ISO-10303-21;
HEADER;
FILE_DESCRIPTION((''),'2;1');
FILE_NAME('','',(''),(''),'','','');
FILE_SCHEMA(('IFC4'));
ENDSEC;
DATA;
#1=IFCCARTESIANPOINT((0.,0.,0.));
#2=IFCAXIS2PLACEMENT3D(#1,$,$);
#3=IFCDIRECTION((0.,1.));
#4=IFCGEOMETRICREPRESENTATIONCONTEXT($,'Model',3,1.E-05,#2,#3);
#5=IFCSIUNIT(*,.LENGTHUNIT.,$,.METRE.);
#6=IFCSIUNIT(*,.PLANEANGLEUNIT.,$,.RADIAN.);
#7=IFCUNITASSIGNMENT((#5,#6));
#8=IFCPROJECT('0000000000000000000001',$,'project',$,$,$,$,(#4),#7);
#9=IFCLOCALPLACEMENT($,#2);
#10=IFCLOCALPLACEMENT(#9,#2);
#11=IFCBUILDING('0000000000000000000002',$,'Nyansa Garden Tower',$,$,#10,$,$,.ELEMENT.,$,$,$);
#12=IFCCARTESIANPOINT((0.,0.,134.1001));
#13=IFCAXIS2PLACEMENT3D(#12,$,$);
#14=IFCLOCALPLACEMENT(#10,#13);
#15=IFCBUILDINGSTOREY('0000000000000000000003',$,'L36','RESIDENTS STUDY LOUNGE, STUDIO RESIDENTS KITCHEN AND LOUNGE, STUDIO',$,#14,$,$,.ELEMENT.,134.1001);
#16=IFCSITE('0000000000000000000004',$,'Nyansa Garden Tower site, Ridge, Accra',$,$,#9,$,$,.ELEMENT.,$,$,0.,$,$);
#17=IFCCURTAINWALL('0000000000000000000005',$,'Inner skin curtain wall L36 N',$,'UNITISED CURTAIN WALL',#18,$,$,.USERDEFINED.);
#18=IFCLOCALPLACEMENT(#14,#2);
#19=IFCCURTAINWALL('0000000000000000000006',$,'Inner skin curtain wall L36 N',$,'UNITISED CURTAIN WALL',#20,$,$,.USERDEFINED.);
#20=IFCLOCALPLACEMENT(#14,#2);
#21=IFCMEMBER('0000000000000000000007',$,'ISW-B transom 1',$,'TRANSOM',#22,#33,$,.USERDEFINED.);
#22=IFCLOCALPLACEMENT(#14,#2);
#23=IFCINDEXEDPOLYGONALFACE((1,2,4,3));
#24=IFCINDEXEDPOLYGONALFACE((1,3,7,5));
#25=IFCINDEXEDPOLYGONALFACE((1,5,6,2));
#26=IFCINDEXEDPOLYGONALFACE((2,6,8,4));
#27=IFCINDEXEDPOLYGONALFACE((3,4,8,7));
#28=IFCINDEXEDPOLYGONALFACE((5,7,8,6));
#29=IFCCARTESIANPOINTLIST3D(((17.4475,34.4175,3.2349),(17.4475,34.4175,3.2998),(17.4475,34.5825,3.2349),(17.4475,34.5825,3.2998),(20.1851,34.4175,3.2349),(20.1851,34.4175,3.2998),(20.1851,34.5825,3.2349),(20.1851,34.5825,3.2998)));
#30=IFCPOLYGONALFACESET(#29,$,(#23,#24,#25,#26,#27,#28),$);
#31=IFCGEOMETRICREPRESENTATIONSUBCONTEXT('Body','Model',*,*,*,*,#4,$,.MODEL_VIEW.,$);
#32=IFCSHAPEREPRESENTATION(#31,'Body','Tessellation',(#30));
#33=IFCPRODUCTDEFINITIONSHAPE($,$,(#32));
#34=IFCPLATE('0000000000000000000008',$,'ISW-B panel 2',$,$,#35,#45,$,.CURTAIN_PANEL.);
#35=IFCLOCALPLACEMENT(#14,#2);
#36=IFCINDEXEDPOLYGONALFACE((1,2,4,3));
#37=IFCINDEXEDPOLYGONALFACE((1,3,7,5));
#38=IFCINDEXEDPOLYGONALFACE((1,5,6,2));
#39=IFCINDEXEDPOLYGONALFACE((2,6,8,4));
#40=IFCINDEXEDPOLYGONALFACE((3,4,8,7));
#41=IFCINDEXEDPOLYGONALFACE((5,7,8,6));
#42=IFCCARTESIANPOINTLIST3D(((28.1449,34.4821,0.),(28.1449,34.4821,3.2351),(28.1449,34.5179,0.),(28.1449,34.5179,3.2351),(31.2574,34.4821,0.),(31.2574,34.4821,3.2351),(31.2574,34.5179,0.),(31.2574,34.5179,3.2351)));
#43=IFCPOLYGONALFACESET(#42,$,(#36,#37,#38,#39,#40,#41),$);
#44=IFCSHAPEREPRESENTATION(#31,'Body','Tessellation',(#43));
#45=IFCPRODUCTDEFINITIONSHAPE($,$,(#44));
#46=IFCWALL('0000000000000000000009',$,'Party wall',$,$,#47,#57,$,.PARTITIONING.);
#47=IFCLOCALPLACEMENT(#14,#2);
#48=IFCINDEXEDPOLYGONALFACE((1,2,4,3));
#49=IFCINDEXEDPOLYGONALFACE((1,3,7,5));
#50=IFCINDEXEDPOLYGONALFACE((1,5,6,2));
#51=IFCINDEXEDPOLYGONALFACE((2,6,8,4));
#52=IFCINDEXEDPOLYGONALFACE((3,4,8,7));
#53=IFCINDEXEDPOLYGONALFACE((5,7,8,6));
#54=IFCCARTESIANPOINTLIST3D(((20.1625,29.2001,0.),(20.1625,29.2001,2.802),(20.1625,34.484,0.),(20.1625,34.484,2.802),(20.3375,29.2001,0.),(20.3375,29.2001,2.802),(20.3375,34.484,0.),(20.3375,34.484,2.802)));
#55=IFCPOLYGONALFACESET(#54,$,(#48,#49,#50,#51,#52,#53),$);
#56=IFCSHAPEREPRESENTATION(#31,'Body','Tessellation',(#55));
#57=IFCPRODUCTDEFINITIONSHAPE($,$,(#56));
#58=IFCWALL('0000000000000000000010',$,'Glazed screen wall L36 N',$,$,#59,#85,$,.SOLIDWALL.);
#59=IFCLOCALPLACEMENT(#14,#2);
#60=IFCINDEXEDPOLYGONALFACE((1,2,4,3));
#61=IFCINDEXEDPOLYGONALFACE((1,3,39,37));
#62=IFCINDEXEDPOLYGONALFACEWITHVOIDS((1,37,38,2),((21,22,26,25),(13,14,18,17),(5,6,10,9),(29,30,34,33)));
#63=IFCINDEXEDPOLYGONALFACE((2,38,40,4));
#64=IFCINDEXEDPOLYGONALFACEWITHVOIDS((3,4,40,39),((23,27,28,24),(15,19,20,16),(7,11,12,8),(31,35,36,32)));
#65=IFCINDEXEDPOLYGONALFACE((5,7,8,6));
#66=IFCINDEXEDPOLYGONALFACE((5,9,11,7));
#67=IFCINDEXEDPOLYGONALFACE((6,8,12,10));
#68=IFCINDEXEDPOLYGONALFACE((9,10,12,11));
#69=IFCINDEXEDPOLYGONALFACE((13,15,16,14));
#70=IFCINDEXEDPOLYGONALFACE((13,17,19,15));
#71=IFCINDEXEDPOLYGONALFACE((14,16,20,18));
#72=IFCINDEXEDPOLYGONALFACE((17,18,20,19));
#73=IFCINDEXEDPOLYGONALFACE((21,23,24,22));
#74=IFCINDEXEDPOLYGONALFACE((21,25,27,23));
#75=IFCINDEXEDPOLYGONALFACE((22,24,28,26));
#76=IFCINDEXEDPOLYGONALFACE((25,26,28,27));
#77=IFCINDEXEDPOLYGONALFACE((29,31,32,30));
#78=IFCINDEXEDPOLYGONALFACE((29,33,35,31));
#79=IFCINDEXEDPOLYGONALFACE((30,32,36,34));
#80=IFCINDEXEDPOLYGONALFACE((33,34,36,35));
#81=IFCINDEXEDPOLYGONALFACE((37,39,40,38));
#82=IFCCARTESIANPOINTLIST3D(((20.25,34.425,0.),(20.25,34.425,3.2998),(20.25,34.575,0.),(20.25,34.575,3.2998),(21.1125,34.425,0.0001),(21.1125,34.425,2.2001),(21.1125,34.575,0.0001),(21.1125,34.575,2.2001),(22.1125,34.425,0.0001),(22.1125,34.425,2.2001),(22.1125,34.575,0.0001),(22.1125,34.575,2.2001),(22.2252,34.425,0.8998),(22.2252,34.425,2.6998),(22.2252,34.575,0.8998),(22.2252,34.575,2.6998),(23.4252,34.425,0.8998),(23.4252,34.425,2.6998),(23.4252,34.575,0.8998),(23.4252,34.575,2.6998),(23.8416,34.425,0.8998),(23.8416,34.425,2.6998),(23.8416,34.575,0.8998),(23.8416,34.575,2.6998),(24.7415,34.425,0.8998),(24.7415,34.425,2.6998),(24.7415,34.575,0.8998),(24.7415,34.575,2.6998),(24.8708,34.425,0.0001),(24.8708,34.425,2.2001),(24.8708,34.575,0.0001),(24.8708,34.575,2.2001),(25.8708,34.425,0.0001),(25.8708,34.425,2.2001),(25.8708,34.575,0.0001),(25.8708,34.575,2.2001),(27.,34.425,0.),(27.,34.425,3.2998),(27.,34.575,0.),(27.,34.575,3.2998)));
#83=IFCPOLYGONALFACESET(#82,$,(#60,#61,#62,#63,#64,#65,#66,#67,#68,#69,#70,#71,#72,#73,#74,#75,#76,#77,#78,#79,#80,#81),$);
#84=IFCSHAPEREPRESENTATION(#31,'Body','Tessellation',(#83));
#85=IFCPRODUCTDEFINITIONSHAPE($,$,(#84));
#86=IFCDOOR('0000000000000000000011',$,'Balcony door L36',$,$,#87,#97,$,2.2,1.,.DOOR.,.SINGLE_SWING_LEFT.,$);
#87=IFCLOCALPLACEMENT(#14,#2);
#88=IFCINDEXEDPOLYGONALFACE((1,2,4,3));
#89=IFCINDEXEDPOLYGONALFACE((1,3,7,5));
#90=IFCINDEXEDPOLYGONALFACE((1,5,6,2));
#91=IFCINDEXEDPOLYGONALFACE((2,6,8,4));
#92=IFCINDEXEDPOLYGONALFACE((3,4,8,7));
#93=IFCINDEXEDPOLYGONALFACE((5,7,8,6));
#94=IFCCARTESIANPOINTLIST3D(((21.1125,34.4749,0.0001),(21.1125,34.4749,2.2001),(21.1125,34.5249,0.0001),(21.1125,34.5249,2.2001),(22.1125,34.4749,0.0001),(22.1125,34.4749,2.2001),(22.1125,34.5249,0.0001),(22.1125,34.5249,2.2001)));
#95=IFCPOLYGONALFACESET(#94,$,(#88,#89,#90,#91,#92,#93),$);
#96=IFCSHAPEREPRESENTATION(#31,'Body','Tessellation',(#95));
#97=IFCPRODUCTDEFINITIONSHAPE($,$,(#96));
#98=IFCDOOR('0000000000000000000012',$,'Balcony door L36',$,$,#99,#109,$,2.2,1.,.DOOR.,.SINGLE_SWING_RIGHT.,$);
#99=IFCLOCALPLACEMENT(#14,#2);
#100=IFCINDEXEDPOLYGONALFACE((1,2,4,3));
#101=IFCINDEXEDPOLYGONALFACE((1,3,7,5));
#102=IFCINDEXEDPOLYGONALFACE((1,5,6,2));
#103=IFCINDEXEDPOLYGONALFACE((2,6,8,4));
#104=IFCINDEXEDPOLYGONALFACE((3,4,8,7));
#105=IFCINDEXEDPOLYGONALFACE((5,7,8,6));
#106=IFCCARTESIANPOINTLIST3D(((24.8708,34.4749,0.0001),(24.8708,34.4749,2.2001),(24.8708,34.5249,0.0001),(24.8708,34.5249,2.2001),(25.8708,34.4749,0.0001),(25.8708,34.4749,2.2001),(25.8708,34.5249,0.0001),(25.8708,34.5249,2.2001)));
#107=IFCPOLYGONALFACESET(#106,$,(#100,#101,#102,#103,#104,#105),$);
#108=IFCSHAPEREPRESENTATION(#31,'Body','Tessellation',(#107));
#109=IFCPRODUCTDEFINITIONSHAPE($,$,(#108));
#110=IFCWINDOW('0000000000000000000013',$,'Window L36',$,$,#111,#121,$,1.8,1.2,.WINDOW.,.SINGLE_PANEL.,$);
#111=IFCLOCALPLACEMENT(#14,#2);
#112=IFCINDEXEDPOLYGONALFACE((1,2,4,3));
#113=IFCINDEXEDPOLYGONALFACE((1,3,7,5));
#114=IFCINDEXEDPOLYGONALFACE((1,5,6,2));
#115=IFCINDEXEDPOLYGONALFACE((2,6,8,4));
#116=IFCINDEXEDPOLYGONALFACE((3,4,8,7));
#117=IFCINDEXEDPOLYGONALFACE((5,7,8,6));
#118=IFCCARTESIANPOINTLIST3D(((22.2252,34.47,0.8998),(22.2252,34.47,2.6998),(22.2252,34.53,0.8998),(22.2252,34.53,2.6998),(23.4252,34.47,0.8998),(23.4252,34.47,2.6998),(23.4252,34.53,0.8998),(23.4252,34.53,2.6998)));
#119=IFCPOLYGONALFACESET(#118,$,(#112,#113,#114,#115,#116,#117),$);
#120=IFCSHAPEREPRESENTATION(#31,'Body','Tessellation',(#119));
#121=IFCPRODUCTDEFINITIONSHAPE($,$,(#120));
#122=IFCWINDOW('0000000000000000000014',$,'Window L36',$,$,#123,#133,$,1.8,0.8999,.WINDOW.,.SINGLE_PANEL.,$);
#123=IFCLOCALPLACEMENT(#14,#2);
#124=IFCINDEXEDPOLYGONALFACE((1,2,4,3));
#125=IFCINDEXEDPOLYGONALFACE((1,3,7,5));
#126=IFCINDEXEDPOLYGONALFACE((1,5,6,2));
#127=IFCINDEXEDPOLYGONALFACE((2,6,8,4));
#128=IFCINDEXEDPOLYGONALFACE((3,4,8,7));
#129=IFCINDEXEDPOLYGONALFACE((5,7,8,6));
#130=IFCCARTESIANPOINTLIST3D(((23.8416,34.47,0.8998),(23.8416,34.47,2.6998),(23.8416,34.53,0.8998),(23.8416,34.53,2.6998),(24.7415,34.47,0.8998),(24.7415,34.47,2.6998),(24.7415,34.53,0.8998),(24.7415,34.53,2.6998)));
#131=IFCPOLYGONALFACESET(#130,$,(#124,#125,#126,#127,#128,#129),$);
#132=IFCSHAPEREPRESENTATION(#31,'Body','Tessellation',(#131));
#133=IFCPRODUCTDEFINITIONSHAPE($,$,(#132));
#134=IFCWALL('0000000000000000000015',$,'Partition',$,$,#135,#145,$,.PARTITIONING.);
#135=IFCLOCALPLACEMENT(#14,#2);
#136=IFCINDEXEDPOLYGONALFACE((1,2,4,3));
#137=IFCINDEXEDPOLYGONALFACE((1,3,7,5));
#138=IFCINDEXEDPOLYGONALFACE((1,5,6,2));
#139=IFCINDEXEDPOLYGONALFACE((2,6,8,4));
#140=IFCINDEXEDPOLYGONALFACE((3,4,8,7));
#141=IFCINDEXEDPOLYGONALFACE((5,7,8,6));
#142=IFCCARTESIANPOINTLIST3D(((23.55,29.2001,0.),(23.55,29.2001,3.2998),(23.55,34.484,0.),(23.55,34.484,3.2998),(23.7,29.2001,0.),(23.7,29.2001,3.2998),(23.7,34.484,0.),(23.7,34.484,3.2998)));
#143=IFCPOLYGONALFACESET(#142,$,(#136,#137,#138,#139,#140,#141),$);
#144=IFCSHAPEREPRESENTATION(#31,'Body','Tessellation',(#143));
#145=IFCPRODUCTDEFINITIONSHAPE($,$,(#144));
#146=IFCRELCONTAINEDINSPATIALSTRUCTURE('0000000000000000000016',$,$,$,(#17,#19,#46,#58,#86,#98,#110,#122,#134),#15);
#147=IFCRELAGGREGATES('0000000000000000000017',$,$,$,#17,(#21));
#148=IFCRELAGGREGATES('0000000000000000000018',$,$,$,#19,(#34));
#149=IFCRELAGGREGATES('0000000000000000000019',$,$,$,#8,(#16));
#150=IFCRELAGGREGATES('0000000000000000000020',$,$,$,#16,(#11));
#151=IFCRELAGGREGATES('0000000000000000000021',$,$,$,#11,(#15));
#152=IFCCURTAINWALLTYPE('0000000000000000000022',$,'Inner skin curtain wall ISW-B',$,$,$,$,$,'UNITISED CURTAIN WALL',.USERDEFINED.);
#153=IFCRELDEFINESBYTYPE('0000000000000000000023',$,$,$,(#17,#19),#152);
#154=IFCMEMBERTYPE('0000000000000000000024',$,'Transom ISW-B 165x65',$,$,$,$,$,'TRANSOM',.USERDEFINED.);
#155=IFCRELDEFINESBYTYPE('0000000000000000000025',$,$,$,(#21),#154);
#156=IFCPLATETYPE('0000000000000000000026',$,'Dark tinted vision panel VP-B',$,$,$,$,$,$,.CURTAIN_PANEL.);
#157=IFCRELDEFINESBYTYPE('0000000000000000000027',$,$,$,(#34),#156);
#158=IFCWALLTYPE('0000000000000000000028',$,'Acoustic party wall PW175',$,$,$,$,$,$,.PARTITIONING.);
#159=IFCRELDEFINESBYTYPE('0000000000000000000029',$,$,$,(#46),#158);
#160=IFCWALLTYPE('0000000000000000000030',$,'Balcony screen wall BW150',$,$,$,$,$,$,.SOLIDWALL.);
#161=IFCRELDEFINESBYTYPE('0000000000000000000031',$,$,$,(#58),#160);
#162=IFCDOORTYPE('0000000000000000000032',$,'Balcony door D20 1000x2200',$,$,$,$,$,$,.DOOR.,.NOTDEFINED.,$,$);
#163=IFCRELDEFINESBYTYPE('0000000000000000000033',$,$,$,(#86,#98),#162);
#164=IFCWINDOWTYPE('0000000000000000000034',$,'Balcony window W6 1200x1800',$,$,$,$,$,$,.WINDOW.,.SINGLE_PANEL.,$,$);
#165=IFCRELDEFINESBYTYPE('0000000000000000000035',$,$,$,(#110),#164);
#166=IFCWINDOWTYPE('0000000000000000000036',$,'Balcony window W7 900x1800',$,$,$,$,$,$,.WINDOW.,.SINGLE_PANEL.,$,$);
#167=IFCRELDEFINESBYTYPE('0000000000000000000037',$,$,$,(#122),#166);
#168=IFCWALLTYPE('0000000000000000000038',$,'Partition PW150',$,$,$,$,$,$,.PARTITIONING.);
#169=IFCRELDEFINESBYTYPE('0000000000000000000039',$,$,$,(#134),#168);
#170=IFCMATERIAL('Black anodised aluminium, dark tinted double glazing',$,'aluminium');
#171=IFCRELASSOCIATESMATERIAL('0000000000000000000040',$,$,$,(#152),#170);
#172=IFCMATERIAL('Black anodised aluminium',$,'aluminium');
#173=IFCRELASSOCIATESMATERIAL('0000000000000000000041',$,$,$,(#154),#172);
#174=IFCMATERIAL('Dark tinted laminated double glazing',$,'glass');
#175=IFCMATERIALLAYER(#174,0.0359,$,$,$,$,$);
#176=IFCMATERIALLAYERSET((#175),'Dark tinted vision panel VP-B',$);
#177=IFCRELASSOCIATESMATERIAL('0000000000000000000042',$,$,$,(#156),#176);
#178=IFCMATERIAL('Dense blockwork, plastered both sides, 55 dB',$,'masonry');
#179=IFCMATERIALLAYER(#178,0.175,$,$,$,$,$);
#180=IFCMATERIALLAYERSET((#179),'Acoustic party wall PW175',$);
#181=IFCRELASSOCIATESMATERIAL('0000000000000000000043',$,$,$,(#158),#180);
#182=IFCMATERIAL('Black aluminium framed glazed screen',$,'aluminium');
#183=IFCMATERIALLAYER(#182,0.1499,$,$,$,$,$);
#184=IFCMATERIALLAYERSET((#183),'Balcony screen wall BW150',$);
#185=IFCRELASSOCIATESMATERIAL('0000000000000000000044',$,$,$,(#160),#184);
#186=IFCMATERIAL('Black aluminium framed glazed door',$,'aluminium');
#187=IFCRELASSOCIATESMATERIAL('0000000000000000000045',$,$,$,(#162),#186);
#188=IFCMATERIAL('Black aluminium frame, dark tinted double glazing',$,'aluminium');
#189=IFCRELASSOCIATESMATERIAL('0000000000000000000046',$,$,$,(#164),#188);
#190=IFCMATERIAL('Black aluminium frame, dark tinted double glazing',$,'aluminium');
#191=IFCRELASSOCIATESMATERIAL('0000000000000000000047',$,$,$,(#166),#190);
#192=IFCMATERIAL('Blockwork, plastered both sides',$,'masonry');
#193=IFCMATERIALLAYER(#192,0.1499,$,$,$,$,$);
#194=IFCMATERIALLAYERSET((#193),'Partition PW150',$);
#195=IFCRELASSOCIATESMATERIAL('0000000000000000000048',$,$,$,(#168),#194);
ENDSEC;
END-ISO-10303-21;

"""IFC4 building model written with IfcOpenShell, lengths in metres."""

from ifc_helpers import new_model, si_unit, direction, frame, frame_2d, origin, origin_2d, place, context, subcontext, project, spatial, rectangle, extrude, material, layer, layer_set, material_profile, profile_set, type_object, element, fill, aggregate, save


model = new_model("IFC4")

# Units and contexts
model_context = context("Model", 3, precision=1e-05, world=origin(), true_north=direction((0.0, 1.0)))
body_context = subcontext(model_context, "Body", "Model", "MODEL_VIEW")
ifc_project = project(units=[si_unit("LENGTHUNIT", "METRE"), si_unit("PLANEANGLEUNIT", "RADIAN")], contexts=[model_context])

# Site, building, storey
site_placement = place(None, origin())
site = spatial("IfcSite", under=ifc_project, at=site_placement, Name="Nyansa Garden Tower site, Ridge, Accra", CompositionType="ELEMENT", RefElevation=0.0)
building_placement = place(site_placement, origin())
building = spatial("IfcBuilding", under=site, at=building_placement, Name="Nyansa Garden Tower", CompositionType="ELEMENT")
storey_placement = place(building_placement, frame((0.0, 0.0, 134.1001)))
storey = spatial("IfcBuildingStorey", under=building, at=storey_placement, Name="L36", Description="RESIDENTS STUDY LOUNGE, STUDIO RESIDENTS KITCHEN AND LOUNGE, STUDIO", CompositionType="ELEMENT", Elevation=134.1001)

# Curtain walls
ifc_material_1 = material(Name="Black anodised aluminium, dark tinted double glazing", Category="aluminium")
curtain_wall_type = type_object("IfcCurtainWallType", Name="Inner skin curtain wall ISW-B", ElementType="UNITISED CURTAIN WALL", PredefinedType="USERDEFINED", material=ifc_material_1)
curtain_wall_1_placement = place(storey_placement, origin())
curtain_wall_1 = element("IfcCurtainWall", 1, at=curtain_wall_1_placement, inside=storey, type_object=curtain_wall_type, Name="Inner skin curtain wall L36 N", ObjectType="UNITISED CURTAIN WALL", PredefinedType="USERDEFINED")
curtain_wall_2_placement = place(storey_placement, origin())
curtain_wall_2 = element("IfcCurtainWall", 2, at=curtain_wall_2_placement, inside=storey, type_object=curtain_wall_type, Name="Inner skin curtain wall L36 N", ObjectType="UNITISED CURTAIN WALL", PredefinedType="USERDEFINED")

# Member
ifc_material_2 = material(Name="Black anodised aluminium", Category="aluminium")
ifc_material_profile_1 = material_profile(ifc_material_2, rectangle(XDim=0.165, YDim=0.0649, at=origin_2d()), Name="Transom 165x65")
ifc_profile_set_1 = profile_set([ifc_material_profile_1], Name="Black anodised aluminium")
member_type_1 = type_object("IfcMemberType", Name="Transom ISW-B 165x65", ElementType="TRANSOM", PredefinedType="USERDEFINED", material=ifc_profile_set_1)
member_1_placement = place(storey_placement, frame((20.1851, 34.5, 3.2673), z_axis=(-1.0, 0.0, 0.0), x_axis=(0.0, -1.0, 0.0)))
member_1 = element("IfcMember", 3, at=member_1_placement, type_object=member_type_1, Name="ISW-B transom 1", ObjectType="TRANSOM", PredefinedType="USERDEFINED", context=body_context, shape_type="SweptSolid", body=[
    extrude(rectangle(XDim=0.165, YDim=0.0649, at=origin_2d()), origin(), (0.0, 0.0, 1.0), 2.7375),
])
aggregate(curtain_wall_1, [member_1])

# Plate
ifc_material_3 = material(Name="Dark tinted laminated double glazing", Category="glass")
ifc_layer_1 = layer(ifc_material_3, 0.0359)
ifc_layer_set_1 = layer_set([ifc_layer_1], Name="Dark tinted vision panel VP-B")
plate_type = type_object("IfcPlateType", Name="Dark tinted vision panel VP-B", PredefinedType="CURTAIN_PANEL", material=ifc_layer_set_1)
plate_placement = place(storey_placement, frame((29.7012, 34.5, 0.0), z_axis=(0.0, 0.0, 1.0), x_axis=(-1.0, 0.0, 0.0)))
plate = element("IfcPlate", 4, at=plate_placement, type_object=plate_type, Name="ISW-B panel 2", PredefinedType="CURTAIN_PANEL", context=body_context, shape_type="SweptSolid", body=[
    extrude(rectangle(XDim=3.1125, YDim=0.0359, at=origin_2d()), origin(), (0.0, 0.0, 1.0), 3.2351),
])
aggregate(curtain_wall_2, [plate])

# Wall
ifc_material_4 = material(Name="Dense blockwork, plastered both sides, 55 dB", Category="masonry")
ifc_layer_2 = layer(ifc_material_4, 0.175)
ifc_layer_set_2 = layer_set([ifc_layer_2], Name="Acoustic party wall PW175")
wall_type_1 = type_object("IfcWallType", Name="Acoustic party wall PW175", PredefinedType="PARTITIONING", material=ifc_layer_set_2)
wall_1_placement = place(storey_placement, frame((20.25, 29.2, 0.0), z_axis=(0.0, 0.0, 1.0), x_axis=(0.0, 1.0, 0.0)))
element("IfcWall", 5, at=wall_1_placement, inside=storey, type_object=wall_type_1, Name="Party wall", PredefinedType="PARTITIONING", context=body_context, shape_type="SweptSolid", body=[
    extrude(rectangle(XDim=5.2839, YDim=0.175, at=frame_2d((2.6421, 0.0))), origin(), (0.0, 0.0, 1.0), 2.802),
])

# Wall, openings, doors, windows
ifc_material_5 = material(Name="Black aluminium framed glazed screen", Category="aluminium")
ifc_layer_3 = layer(ifc_material_5, 0.1499)
ifc_layer_set_3 = layer_set([ifc_layer_3], Name="Balcony screen wall BW150")
wall_type_2 = type_object("IfcWallType", Name="Balcony screen wall BW150", PredefinedType="SOLIDWALL", material=ifc_layer_set_3)
wall_2_placement = place(storey_placement, frame((20.25, 34.5, 0.0), z_axis=(0.0, 0.0, 1.0), x_axis=(1.0, 0.0, 0.0)))
wall_2 = element("IfcWall", 6, at=wall_2_placement, inside=storey, type_object=wall_type_2, Name="Glazed screen wall L36 N", PredefinedType="SOLIDWALL", context=body_context, shape_type="SweptSolid", body=[
    extrude(rectangle(XDim=6.75, YDim=0.1499, at=frame_2d((3.375, 0.0))), origin(), (0.0, 0.0, 1.0), 3.2998),
])
opening_1_placement = place(wall_2_placement, frame((0.8625, 0.0, 0.0)))
opening_1 = element("IfcOpeningElement", 7, at=opening_1_placement, cuts=wall_2, PredefinedType="OPENING", context=body_context, shape_type="SweptSolid", body=[
    extrude(rectangle(XDim=1.0, YDim=2.2, at=frame_2d((0.5, 1.1001))), frame((0.0, 0.085, 0.0), z_axis=(0.0, -1.0, 0.0), x_axis=(1.0, 0.0, 0.0)), (0.0, 0.0, 1.0), 0.1699),
])
opening_2_placement = place(wall_2_placement, frame((1.9751, 0.0, 0.8999)))
opening_2 = element("IfcOpeningElement", 8, at=opening_2_placement, cuts=wall_2, PredefinedType="OPENING", context=body_context, shape_type="SweptSolid", body=[
    extrude(rectangle(XDim=1.2, YDim=1.8, at=frame_2d((0.6001, 0.8999))), frame((0.0, 0.085, 0.0), z_axis=(0.0, -1.0, 0.0), x_axis=(1.0, 0.0, 0.0)), (0.0, 0.0, 1.0), 0.1699),
])
opening_3_placement = place(wall_2_placement, frame((4.6208, 0.0, 0.0)))
opening_3 = element("IfcOpeningElement", 9, at=opening_3_placement, cuts=wall_2, PredefinedType="OPENING", context=body_context, shape_type="SweptSolid", body=[
    extrude(rectangle(XDim=1.0, YDim=2.2, at=frame_2d((0.5, 1.1001))), frame((0.0, 0.085, 0.0), z_axis=(0.0, -1.0, 0.0), x_axis=(1.0, 0.0, 0.0)), (0.0, 0.0, 1.0), 0.1699),
])
opening_4_placement = place(wall_2_placement, frame((3.5916, 0.0, 0.8999)))
opening_4 = element("IfcOpeningElement", 10, at=opening_4_placement, cuts=wall_2, PredefinedType="OPENING", context=body_context, shape_type="SweptSolid", body=[
    extrude(rectangle(XDim=0.8999, YDim=1.8, at=frame_2d((0.45, 0.8999))), frame((0.0, 0.085, 0.0), z_axis=(0.0, -1.0, 0.0), x_axis=(1.0, 0.0, 0.0)), (0.0, 0.0, 1.0), 0.1699),
])
ifc_material_6 = material(Name="Black aluminium framed glazed door", Category="aluminium")
door_type_1 = type_object("IfcDoorType", Name="Balcony door D20 1000x2200", OperationType="NOTDEFINED", PredefinedType="DOOR", material=ifc_material_6)
door_1_placement = place(opening_1_placement, origin())
door_1 = element("IfcDoor", 11, at=door_1_placement, inside=storey, type_object=door_type_1, Name="Balcony door L36", OperationType="SINGLE_SWING_LEFT", OverallHeight=2.2, OverallWidth=1.0, PredefinedType="DOOR", context=body_context, shape_type="SweptSolid", body=[
    extrude(rectangle(XDim=1.0, YDim=2.2, at=frame_2d((0.5, 1.1001))), frame((0.0, 0.0249, 0.0), z_axis=(0.0, -1.0, 0.0), x_axis=(1.0, 0.0, 0.0)), (0.0, 0.0, 1.0), 0.05),
])
fill(opening_1, door_1)
door_2_placement = place(opening_3_placement, origin())
door_2 = element("IfcDoor", 12, at=door_2_placement, inside=storey, type_object=door_type_1, Name="Balcony door L36", OperationType="SINGLE_SWING_RIGHT", OverallHeight=2.2, OverallWidth=1.0, PredefinedType="DOOR", context=body_context, shape_type="SweptSolid", body=[
    extrude(rectangle(XDim=1.0, YDim=2.2, at=frame_2d((0.5, 1.1001))), frame((0.0, 0.0249, 0.0), z_axis=(0.0, -1.0, 0.0), x_axis=(1.0, 0.0, 0.0)), (0.0, 0.0, 1.0), 0.05),
])
fill(opening_3, door_2)
ifc_material_7 = material(Name="Black aluminium frame, dark tinted double glazing", Category="aluminium")
window_type_1 = type_object("IfcWindowType", Name="Balcony window W6 1200x1800", PartitioningType="SINGLE_PANEL", PredefinedType="WINDOW", material=ifc_material_7)
window_1_placement = place(opening_2_placement, origin())
window_1 = element("IfcWindow", 13, at=window_1_placement, inside=storey, type_object=window_type_1, Name="Window L36", OverallHeight=1.8, OverallWidth=1.2, PartitioningType="SINGLE_PANEL", PredefinedType="WINDOW", context=body_context, shape_type="SweptSolid", body=[
    extrude(rectangle(XDim=1.2, YDim=1.8, at=frame_2d((0.6001, 0.8999))), frame((0.0, 0.03, 0.0), z_axis=(0.0, -1.0, 0.0), x_axis=(1.0, 0.0, 0.0)), (0.0, 0.0, 1.0), 0.0601),
])
fill(opening_2, window_1)
ifc_material_8 = material(Name="Black aluminium frame, dark tinted double glazing", Category="aluminium")
window_type_2 = type_object("IfcWindowType", Name="Balcony window W7 900x1800", PartitioningType="SINGLE_PANEL", PredefinedType="WINDOW", material=ifc_material_8)
window_2_placement = place(opening_4_placement, origin())
window_2 = element("IfcWindow", 14, at=window_2_placement, inside=storey, type_object=window_type_2, Name="Window L36", OverallHeight=1.8, OverallWidth=0.8999, PartitioningType="SINGLE_PANEL", PredefinedType="WINDOW", context=body_context, shape_type="SweptSolid", body=[
    extrude(rectangle(XDim=0.8999, YDim=1.8, at=frame_2d((0.45, 0.8999))), frame((0.0, 0.03, 0.0), z_axis=(0.0, -1.0, 0.0), x_axis=(1.0, 0.0, 0.0)), (0.0, 0.0, 1.0), 0.0601),
])
fill(opening_4, window_2)

# Wall
ifc_material_9 = material(Name="Blockwork, plastered both sides", Category="masonry")
ifc_layer_4 = layer(ifc_material_9, 0.1499)
ifc_layer_set_4 = layer_set([ifc_layer_4], Name="Partition PW150")
wall_type_3 = type_object("IfcWallType", Name="Partition PW150", PredefinedType="PARTITIONING", material=ifc_layer_set_4)
wall_3_placement = place(storey_placement, frame((23.625, 29.2, 0.0), z_axis=(0.0, 0.0, 1.0), x_axis=(0.0, 1.0, 0.0)))
element("IfcWall", 15, at=wall_3_placement, inside=storey, type_object=wall_type_3, Name="Partition", PredefinedType="PARTITIONING", context=body_context, shape_type="SweptSolid", body=[
    extrude(rectangle(XDim=5.2839, YDim=0.1499, at=frame_2d((2.6421, 0.0))), origin(), (0.0, 0.0, 1.0), 3.2998),
])

save(model, "model.ifc")
